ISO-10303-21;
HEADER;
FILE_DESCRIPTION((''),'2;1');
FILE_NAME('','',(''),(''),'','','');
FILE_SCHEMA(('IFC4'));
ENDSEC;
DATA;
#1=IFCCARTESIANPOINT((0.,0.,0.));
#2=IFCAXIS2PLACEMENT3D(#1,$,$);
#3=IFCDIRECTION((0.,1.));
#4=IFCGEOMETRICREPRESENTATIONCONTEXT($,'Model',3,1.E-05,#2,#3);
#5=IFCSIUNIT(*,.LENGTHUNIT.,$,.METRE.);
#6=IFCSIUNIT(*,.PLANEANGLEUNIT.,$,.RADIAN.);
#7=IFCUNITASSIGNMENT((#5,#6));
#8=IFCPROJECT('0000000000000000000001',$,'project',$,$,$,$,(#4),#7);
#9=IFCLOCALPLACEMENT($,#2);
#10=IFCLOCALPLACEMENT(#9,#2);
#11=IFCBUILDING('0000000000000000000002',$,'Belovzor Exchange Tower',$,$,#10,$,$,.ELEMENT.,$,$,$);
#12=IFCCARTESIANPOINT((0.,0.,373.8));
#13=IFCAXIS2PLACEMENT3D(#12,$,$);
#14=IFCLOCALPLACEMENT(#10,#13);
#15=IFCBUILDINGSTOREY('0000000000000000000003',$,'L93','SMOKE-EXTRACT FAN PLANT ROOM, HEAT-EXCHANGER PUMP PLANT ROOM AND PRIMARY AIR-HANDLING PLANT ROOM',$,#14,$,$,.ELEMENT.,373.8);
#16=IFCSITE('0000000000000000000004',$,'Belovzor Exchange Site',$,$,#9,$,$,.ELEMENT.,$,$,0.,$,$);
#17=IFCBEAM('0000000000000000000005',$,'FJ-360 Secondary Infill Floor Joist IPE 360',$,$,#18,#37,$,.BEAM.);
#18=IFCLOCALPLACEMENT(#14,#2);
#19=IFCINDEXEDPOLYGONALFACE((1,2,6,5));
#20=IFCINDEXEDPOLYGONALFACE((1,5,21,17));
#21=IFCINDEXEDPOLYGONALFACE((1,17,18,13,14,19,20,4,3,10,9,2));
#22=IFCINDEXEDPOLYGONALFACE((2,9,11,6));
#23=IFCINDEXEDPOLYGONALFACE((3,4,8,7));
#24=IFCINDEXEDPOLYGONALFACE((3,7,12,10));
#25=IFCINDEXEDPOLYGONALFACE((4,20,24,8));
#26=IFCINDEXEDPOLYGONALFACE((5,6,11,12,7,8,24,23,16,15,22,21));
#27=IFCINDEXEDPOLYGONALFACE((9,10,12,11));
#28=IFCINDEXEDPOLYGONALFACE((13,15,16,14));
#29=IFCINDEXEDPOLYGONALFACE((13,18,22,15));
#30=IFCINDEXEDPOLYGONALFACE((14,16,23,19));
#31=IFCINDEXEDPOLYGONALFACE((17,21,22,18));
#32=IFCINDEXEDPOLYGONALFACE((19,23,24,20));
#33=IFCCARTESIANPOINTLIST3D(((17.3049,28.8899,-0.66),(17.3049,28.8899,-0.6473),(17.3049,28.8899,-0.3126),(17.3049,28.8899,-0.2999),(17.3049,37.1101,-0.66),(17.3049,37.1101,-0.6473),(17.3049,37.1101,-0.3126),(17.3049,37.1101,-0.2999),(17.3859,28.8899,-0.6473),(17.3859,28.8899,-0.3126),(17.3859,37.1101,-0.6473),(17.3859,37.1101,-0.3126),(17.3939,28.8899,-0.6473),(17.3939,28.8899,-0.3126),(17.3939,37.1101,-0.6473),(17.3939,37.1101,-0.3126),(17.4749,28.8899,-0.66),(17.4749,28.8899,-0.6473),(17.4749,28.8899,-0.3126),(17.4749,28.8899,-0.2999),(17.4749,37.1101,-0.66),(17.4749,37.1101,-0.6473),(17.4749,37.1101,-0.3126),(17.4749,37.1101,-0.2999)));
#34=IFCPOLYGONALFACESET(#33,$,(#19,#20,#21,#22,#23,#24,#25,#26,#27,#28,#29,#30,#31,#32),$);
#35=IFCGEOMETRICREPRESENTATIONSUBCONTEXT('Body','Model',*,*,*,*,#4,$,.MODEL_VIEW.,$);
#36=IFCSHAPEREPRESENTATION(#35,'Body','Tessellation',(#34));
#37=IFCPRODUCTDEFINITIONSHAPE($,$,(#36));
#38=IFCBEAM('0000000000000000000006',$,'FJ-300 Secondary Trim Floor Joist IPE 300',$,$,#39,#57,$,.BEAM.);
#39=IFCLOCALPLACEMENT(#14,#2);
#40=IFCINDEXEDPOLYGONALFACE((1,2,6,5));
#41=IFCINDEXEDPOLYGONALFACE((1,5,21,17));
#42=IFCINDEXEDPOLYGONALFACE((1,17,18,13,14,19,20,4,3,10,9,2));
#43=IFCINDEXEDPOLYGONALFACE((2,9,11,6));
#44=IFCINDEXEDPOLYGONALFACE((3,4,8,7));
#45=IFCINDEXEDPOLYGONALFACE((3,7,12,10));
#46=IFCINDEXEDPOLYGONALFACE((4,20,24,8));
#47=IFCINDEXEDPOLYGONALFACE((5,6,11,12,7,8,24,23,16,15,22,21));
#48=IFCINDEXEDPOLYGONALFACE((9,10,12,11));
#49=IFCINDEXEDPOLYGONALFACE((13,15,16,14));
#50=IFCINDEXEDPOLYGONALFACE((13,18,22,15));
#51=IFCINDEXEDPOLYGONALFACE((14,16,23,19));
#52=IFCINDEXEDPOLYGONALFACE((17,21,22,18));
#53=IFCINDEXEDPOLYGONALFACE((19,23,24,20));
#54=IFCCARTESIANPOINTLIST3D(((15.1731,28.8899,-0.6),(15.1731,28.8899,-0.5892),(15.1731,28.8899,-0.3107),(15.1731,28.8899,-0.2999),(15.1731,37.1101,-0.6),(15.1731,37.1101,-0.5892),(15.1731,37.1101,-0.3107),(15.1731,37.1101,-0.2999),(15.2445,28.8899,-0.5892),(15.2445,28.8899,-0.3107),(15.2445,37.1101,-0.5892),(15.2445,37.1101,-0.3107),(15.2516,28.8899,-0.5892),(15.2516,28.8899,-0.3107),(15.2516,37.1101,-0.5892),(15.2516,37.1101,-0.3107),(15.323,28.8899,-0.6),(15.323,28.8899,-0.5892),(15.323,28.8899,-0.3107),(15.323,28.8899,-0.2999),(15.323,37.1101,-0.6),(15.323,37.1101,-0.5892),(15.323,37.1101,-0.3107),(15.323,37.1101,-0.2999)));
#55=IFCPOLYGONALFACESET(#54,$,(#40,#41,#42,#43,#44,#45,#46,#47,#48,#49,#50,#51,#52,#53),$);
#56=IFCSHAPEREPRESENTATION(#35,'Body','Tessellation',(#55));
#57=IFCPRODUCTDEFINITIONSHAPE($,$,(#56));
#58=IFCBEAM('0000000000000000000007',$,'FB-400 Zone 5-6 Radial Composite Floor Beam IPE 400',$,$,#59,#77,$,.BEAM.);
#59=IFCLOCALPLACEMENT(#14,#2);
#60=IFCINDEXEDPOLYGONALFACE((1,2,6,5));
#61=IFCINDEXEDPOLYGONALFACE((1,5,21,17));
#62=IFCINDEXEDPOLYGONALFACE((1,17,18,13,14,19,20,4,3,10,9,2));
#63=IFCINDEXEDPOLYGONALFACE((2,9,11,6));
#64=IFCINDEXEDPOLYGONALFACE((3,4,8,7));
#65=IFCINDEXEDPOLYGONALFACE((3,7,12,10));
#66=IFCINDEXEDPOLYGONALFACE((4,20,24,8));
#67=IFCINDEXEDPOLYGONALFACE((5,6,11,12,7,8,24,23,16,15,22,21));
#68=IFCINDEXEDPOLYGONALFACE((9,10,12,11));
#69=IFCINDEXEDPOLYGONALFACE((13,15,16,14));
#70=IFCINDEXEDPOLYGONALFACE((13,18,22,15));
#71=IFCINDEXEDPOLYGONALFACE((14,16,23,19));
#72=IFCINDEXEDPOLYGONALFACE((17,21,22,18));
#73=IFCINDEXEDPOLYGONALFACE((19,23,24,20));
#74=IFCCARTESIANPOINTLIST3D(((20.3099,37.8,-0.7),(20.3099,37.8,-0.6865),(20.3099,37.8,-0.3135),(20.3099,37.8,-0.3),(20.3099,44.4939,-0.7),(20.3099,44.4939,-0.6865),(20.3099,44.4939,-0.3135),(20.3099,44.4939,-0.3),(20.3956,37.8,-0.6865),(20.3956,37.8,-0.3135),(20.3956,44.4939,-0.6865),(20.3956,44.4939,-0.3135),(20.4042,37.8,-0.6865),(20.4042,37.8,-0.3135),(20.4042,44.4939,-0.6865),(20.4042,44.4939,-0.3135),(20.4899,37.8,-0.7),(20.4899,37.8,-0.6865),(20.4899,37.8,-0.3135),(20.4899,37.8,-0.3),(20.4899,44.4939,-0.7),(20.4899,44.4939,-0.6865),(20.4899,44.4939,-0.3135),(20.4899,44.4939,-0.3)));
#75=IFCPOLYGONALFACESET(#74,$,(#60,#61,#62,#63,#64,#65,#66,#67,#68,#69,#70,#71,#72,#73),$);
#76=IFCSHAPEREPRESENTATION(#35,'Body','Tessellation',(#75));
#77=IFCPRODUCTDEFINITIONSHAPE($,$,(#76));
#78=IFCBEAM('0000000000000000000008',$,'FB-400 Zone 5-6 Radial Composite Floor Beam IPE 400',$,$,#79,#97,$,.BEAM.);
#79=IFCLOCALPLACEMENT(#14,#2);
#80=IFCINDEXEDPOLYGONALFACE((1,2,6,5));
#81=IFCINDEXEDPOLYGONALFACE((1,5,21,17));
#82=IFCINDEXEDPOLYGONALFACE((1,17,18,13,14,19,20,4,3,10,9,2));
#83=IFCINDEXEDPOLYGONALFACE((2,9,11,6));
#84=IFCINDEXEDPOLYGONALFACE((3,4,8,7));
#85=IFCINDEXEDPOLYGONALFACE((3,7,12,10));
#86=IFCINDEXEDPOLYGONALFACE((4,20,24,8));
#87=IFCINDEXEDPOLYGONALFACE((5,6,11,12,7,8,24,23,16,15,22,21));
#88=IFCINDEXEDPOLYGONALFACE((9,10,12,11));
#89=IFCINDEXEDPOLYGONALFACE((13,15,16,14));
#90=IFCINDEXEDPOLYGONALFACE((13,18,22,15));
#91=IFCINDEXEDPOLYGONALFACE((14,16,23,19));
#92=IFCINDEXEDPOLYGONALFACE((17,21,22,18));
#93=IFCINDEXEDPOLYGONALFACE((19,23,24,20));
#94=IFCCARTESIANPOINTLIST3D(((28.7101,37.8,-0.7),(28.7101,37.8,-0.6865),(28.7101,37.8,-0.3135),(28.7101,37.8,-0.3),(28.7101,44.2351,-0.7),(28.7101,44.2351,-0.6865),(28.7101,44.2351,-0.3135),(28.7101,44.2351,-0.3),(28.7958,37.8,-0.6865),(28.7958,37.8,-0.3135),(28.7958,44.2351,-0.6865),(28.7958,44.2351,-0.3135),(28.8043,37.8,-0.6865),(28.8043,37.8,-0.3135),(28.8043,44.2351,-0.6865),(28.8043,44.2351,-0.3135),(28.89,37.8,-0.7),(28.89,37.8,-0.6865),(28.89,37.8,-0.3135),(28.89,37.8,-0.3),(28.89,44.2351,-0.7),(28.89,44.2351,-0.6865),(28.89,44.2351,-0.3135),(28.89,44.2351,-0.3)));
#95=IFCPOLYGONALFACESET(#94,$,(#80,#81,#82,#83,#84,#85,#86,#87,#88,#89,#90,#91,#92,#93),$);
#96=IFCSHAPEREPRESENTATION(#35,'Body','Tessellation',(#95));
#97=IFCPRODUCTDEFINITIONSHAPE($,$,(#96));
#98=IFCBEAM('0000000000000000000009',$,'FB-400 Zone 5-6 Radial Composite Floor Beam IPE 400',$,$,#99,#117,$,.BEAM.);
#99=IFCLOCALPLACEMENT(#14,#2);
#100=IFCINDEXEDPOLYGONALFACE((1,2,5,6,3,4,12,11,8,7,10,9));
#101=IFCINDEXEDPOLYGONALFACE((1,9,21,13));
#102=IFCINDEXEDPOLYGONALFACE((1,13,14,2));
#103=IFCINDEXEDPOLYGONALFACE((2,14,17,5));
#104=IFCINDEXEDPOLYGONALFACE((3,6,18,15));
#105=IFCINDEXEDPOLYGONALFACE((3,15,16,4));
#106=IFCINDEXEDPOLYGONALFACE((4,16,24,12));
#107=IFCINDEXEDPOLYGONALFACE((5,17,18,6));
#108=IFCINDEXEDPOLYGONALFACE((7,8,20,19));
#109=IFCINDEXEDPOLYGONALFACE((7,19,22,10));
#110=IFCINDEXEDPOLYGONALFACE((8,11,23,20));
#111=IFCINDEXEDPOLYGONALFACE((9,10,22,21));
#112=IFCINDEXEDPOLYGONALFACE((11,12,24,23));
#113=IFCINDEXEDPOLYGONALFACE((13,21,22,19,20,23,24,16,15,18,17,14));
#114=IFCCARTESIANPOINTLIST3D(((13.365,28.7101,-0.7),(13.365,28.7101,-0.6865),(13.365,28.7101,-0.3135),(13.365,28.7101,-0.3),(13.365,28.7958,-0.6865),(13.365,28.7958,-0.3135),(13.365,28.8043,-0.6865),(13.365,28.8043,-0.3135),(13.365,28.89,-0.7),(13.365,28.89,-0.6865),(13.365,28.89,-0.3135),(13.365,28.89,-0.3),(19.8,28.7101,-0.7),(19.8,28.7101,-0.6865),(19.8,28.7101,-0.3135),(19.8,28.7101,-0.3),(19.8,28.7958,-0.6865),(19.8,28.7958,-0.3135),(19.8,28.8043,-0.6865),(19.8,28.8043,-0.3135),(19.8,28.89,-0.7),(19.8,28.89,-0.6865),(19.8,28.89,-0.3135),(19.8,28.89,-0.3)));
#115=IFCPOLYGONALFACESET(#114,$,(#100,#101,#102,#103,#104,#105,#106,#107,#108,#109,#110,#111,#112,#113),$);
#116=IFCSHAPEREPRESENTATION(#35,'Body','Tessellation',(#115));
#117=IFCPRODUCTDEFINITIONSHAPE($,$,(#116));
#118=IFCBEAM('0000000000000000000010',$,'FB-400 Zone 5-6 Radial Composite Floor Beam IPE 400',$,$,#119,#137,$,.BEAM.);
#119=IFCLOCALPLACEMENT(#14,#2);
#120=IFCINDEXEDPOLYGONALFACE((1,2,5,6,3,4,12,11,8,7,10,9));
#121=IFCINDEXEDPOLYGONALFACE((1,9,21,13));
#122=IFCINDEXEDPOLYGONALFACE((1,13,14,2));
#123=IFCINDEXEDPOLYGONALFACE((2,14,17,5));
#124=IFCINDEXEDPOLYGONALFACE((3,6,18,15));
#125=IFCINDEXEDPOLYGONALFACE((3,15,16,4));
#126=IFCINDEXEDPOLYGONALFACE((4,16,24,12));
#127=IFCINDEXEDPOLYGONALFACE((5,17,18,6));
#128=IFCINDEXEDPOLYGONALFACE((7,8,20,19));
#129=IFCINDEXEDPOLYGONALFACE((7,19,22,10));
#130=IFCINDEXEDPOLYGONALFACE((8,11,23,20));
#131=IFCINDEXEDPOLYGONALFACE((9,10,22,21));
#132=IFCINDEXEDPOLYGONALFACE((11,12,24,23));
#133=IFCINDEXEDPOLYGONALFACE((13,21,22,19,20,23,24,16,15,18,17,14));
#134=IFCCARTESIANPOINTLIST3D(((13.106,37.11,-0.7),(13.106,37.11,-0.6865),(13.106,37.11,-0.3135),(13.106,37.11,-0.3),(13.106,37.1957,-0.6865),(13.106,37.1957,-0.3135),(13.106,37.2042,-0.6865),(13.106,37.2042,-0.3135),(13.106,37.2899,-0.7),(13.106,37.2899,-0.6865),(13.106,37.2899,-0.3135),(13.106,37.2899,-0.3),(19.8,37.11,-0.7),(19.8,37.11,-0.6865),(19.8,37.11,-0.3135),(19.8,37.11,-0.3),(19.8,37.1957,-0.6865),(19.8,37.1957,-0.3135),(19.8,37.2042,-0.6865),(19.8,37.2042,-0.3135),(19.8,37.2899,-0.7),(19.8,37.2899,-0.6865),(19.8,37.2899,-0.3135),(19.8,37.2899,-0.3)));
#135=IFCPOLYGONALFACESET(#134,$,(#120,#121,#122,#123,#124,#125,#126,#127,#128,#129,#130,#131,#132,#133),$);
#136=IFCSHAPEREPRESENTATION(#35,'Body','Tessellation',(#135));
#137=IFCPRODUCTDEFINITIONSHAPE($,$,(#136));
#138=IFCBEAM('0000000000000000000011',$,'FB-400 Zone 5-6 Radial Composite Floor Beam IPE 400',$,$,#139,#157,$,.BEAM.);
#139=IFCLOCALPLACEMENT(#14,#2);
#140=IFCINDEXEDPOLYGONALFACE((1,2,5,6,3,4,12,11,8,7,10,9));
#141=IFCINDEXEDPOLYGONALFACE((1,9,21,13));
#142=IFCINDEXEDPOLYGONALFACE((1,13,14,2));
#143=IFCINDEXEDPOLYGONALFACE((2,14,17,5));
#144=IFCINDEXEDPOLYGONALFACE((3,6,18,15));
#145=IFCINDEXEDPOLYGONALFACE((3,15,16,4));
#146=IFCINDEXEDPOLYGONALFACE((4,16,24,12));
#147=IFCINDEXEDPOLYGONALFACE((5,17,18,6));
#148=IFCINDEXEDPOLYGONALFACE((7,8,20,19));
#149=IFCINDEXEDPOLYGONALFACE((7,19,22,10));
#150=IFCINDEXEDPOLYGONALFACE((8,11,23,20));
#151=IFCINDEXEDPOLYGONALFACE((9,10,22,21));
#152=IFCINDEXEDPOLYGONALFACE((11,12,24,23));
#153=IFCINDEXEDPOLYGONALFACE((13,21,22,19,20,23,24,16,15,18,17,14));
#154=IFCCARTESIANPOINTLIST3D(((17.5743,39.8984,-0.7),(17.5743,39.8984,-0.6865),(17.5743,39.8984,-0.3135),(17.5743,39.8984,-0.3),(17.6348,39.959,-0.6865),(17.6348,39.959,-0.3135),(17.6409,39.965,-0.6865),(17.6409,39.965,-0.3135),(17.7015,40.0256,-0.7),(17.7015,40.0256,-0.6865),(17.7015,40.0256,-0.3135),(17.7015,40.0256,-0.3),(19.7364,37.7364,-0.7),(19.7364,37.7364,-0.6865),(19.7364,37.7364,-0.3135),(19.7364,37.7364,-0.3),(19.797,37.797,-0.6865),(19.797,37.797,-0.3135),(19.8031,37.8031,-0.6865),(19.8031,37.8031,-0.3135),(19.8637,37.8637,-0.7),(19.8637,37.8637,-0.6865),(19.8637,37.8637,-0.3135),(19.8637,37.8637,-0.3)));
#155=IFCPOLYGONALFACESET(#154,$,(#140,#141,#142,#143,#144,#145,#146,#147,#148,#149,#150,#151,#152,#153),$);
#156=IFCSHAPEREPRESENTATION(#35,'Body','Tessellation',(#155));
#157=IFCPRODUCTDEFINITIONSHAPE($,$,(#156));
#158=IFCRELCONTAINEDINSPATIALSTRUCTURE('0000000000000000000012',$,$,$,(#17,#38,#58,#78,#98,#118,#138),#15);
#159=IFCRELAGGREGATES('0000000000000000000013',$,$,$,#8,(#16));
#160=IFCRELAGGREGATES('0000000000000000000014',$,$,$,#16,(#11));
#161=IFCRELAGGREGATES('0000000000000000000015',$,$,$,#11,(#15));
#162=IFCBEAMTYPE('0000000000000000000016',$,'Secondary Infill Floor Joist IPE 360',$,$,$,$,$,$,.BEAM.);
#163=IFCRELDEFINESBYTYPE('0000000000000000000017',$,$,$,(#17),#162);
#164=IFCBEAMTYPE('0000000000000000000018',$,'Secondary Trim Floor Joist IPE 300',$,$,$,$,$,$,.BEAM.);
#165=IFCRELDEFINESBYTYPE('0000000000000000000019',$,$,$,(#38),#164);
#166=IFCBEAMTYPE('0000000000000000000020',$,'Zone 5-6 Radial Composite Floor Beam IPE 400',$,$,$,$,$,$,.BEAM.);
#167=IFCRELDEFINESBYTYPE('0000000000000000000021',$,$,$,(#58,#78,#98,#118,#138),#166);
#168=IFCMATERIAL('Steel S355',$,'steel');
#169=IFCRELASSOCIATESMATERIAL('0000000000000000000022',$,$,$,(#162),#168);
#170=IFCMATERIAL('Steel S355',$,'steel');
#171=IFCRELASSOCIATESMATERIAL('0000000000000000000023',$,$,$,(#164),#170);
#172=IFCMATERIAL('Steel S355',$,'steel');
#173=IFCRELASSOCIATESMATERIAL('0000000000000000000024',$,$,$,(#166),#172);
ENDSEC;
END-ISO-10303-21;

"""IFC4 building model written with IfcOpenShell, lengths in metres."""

from ifc_helpers import new_model, si_unit, direction, frame, origin, origin_2d, place, context, subcontext, project, spatial, i_section, extrude, material, material_profile, profile_set, type_object, element, save


model = new_model("IFC4")

# Units and contexts
model_context = context("Model", 3, precision=1e-05, world=origin(), true_north=direction((0.0, 1.0)))
body_context = subcontext(model_context, "Body", "Model", "MODEL_VIEW")
ifc_project = project(units=[si_unit("LENGTHUNIT", "METRE"), si_unit("PLANEANGLEUNIT", "RADIAN")], contexts=[model_context])

# Site, building, storey
site_placement = place(None, origin())
site = spatial("IfcSite", under=ifc_project, at=site_placement, Name="Belovzor Exchange Site", CompositionType="ELEMENT", RefElevation=0.0)
building_placement = place(site_placement, origin())
building = spatial("IfcBuilding", under=site, at=building_placement, Name="Belovzor Exchange Tower", CompositionType="ELEMENT")
storey_placement = place(building_placement, frame((0.0, 0.0, 373.8)))
storey = spatial("IfcBuildingStorey", under=building, at=storey_placement, Name="L93", Description="SMOKE-EXTRACT FAN PLANT ROOM, HEAT-EXCHANGER PUMP PLANT ROOM AND PRIMARY AIR-HANDLING PLANT ROOM", CompositionType="ELEMENT", Elevation=373.8)

# Beams
ifc_material_1 = material(Name="Steel S355", Category="steel")
ifc_material_profile_1 = material_profile(ifc_material_1, i_section(OverallWidth=0.1699, OverallDepth=0.3601, WebThickness=0.0081, FlangeThickness=0.0127, at=origin_2d()))
ifc_profile_set_1 = profile_set([ifc_material_profile_1], Name="Steel S355")
beam_type_1 = type_object("IfcBeamType", Name="Secondary Infill Floor Joist IPE 360", PredefinedType="BEAM", material=ifc_profile_set_1)
beam_1_placement = place(storey_placement, frame((17.3899, 28.8899, -0.48), z_axis=(0.0, 1.0, 0.0), x_axis=(-1.0, 0.0, 0.0)))
element("IfcBeam", 1, at=beam_1_placement, inside=storey, type_object=beam_type_1, Name="FJ-360 Secondary Infill Floor Joist IPE 360", PredefinedType="BEAM", context=body_context, shape_type="SweptSolid", body=[
    extrude(i_section(OverallWidth=0.1699, OverallDepth=0.3601, WebThickness=0.0081, FlangeThickness=0.0127, at=origin_2d()), origin(), (0.0, 0.0, 1.0), 8.2202),
])
ifc_material_2 = material(Name="Steel S355", Category="steel")
ifc_material_profile_2 = material_profile(ifc_material_2, i_section(OverallWidth=0.1499, OverallDepth=0.3, WebThickness=0.0071, FlangeThickness=0.0107, at=origin_2d()))
ifc_profile_set_2 = profile_set([ifc_material_profile_2], Name="Steel S355")
beam_type_2 = type_object("IfcBeamType", Name="Secondary Trim Floor Joist IPE 300", PredefinedType="BEAM", material=ifc_profile_set_2)
beam_2_placement = place(storey_placement, frame((15.248, 28.8899, -0.45), z_axis=(0.0, 1.0, 0.0), x_axis=(-1.0, 0.0, 0.0)))
element("IfcBeam", 2, at=beam_2_placement, inside=storey, type_object=beam_type_2, Name="FJ-300 Secondary Trim Floor Joist IPE 300", PredefinedType="BEAM", context=body_context, shape_type="SweptSolid", body=[
    extrude(i_section(OverallWidth=0.1499, OverallDepth=0.3, WebThickness=0.0071, FlangeThickness=0.0107, at=origin_2d()), origin(), (0.0, 0.0, 1.0), 8.2202),
])
ifc_material_3 = material(Name="Steel S355", Category="steel")
ifc_material_profile_3 = material_profile(ifc_material_3, i_section(OverallWidth=0.1799, OverallDepth=0.3999, WebThickness=0.0085, FlangeThickness=0.0134, at=origin_2d()))
ifc_profile_set_3 = profile_set([ifc_material_profile_3], Name="Steel S355")
beam_type_3 = type_object("IfcBeamType", Name="Zone 5-6 Radial Composite Floor Beam IPE 400", PredefinedType="BEAM", material=ifc_profile_set_3)
beam_3_placement = place(storey_placement, frame((20.3999, 37.8, -0.5), z_axis=(0.0, 1.0, 0.0), x_axis=(-1.0, 0.0, 0.0)))
element("IfcBeam", 3, at=beam_3_placement, inside=storey, type_object=beam_type_3, Name="FB-400 Zone 5-6 Radial Composite Floor Beam IPE 400", PredefinedType="BEAM", context=body_context, shape_type="SweptSolid", body=[
    extrude(i_section(OverallWidth=0.1799, OverallDepth=0.3999, WebThickness=0.0085, FlangeThickness=0.0134, at=origin_2d()), origin(), (0.0, 0.0, 1.0), 6.6938),
])
for number, where, z_axis, x_axis, name in (
    (4, (28.8, 37.8, -0.5), (0.0, 1.0, 0.0), (-1.0, 0.0, 0.0), "FB-400 Zone 5-6 Radial Composite Floor Beam IPE 400"),
    (5, (19.8, 28.8, -0.5), (-1.0, 0.0, 0.0), (0.0, -1.0, 0.0), "FB-400 Zone 5-6 Radial Composite Floor Beam IPE 400"),
):
    element("IfcBeam", number, at=place(storey_placement, frame(where, z_axis=z_axis, x_axis=x_axis)), inside=storey, type_object=beam_type_3, Name=name, PredefinedType="BEAM", context=body_context, shape_type="SweptSolid", body=[
        extrude(i_section(OverallWidth=0.1799, OverallDepth=0.3999, WebThickness=0.0085, FlangeThickness=0.0134, at=origin_2d()), origin(), (0.0, 0.0, 1.0), 6.4351),
    ])
beam_4_placement = place(storey_placement, frame((19.8, 37.2, -0.5), z_axis=(-1.0, 0.0, 0.0), x_axis=(0.0, -1.0, 0.0)))
element("IfcBeam", 6, at=beam_4_placement, inside=storey, type_object=beam_type_3, Name="FB-400 Zone 5-6 Radial Composite Floor Beam IPE 400", PredefinedType="BEAM", context=body_context, shape_type="SweptSolid", body=[
    extrude(i_section(OverallWidth=0.1799, OverallDepth=0.3999, WebThickness=0.0085, FlangeThickness=0.0134, at=origin_2d()), origin(), (0.0, 0.0, 1.0), 6.6941),
])
beam_5_placement = place(storey_placement, frame((19.8, 37.8, -0.5), z_axis=(-0.707147, 0.707067, 0.0), x_axis=(-0.707067, -0.707147, 0.0)))
element("IfcBeam", 7, at=beam_5_placement, inside=storey, type_object=beam_type_3, Name="FB-400 Zone 5-6 Radial Composite Floor Beam IPE 400", PredefinedType="BEAM", context=body_context, shape_type="SweptSolid", body=[
    extrude(i_section(OverallWidth=0.1799, OverallDepth=0.3999, WebThickness=0.0085, FlangeThickness=0.0134, at=origin_2d()), origin(), (0.0, 0.0, 1.0), 3.0576),
])

save(model, "model.ifc")
